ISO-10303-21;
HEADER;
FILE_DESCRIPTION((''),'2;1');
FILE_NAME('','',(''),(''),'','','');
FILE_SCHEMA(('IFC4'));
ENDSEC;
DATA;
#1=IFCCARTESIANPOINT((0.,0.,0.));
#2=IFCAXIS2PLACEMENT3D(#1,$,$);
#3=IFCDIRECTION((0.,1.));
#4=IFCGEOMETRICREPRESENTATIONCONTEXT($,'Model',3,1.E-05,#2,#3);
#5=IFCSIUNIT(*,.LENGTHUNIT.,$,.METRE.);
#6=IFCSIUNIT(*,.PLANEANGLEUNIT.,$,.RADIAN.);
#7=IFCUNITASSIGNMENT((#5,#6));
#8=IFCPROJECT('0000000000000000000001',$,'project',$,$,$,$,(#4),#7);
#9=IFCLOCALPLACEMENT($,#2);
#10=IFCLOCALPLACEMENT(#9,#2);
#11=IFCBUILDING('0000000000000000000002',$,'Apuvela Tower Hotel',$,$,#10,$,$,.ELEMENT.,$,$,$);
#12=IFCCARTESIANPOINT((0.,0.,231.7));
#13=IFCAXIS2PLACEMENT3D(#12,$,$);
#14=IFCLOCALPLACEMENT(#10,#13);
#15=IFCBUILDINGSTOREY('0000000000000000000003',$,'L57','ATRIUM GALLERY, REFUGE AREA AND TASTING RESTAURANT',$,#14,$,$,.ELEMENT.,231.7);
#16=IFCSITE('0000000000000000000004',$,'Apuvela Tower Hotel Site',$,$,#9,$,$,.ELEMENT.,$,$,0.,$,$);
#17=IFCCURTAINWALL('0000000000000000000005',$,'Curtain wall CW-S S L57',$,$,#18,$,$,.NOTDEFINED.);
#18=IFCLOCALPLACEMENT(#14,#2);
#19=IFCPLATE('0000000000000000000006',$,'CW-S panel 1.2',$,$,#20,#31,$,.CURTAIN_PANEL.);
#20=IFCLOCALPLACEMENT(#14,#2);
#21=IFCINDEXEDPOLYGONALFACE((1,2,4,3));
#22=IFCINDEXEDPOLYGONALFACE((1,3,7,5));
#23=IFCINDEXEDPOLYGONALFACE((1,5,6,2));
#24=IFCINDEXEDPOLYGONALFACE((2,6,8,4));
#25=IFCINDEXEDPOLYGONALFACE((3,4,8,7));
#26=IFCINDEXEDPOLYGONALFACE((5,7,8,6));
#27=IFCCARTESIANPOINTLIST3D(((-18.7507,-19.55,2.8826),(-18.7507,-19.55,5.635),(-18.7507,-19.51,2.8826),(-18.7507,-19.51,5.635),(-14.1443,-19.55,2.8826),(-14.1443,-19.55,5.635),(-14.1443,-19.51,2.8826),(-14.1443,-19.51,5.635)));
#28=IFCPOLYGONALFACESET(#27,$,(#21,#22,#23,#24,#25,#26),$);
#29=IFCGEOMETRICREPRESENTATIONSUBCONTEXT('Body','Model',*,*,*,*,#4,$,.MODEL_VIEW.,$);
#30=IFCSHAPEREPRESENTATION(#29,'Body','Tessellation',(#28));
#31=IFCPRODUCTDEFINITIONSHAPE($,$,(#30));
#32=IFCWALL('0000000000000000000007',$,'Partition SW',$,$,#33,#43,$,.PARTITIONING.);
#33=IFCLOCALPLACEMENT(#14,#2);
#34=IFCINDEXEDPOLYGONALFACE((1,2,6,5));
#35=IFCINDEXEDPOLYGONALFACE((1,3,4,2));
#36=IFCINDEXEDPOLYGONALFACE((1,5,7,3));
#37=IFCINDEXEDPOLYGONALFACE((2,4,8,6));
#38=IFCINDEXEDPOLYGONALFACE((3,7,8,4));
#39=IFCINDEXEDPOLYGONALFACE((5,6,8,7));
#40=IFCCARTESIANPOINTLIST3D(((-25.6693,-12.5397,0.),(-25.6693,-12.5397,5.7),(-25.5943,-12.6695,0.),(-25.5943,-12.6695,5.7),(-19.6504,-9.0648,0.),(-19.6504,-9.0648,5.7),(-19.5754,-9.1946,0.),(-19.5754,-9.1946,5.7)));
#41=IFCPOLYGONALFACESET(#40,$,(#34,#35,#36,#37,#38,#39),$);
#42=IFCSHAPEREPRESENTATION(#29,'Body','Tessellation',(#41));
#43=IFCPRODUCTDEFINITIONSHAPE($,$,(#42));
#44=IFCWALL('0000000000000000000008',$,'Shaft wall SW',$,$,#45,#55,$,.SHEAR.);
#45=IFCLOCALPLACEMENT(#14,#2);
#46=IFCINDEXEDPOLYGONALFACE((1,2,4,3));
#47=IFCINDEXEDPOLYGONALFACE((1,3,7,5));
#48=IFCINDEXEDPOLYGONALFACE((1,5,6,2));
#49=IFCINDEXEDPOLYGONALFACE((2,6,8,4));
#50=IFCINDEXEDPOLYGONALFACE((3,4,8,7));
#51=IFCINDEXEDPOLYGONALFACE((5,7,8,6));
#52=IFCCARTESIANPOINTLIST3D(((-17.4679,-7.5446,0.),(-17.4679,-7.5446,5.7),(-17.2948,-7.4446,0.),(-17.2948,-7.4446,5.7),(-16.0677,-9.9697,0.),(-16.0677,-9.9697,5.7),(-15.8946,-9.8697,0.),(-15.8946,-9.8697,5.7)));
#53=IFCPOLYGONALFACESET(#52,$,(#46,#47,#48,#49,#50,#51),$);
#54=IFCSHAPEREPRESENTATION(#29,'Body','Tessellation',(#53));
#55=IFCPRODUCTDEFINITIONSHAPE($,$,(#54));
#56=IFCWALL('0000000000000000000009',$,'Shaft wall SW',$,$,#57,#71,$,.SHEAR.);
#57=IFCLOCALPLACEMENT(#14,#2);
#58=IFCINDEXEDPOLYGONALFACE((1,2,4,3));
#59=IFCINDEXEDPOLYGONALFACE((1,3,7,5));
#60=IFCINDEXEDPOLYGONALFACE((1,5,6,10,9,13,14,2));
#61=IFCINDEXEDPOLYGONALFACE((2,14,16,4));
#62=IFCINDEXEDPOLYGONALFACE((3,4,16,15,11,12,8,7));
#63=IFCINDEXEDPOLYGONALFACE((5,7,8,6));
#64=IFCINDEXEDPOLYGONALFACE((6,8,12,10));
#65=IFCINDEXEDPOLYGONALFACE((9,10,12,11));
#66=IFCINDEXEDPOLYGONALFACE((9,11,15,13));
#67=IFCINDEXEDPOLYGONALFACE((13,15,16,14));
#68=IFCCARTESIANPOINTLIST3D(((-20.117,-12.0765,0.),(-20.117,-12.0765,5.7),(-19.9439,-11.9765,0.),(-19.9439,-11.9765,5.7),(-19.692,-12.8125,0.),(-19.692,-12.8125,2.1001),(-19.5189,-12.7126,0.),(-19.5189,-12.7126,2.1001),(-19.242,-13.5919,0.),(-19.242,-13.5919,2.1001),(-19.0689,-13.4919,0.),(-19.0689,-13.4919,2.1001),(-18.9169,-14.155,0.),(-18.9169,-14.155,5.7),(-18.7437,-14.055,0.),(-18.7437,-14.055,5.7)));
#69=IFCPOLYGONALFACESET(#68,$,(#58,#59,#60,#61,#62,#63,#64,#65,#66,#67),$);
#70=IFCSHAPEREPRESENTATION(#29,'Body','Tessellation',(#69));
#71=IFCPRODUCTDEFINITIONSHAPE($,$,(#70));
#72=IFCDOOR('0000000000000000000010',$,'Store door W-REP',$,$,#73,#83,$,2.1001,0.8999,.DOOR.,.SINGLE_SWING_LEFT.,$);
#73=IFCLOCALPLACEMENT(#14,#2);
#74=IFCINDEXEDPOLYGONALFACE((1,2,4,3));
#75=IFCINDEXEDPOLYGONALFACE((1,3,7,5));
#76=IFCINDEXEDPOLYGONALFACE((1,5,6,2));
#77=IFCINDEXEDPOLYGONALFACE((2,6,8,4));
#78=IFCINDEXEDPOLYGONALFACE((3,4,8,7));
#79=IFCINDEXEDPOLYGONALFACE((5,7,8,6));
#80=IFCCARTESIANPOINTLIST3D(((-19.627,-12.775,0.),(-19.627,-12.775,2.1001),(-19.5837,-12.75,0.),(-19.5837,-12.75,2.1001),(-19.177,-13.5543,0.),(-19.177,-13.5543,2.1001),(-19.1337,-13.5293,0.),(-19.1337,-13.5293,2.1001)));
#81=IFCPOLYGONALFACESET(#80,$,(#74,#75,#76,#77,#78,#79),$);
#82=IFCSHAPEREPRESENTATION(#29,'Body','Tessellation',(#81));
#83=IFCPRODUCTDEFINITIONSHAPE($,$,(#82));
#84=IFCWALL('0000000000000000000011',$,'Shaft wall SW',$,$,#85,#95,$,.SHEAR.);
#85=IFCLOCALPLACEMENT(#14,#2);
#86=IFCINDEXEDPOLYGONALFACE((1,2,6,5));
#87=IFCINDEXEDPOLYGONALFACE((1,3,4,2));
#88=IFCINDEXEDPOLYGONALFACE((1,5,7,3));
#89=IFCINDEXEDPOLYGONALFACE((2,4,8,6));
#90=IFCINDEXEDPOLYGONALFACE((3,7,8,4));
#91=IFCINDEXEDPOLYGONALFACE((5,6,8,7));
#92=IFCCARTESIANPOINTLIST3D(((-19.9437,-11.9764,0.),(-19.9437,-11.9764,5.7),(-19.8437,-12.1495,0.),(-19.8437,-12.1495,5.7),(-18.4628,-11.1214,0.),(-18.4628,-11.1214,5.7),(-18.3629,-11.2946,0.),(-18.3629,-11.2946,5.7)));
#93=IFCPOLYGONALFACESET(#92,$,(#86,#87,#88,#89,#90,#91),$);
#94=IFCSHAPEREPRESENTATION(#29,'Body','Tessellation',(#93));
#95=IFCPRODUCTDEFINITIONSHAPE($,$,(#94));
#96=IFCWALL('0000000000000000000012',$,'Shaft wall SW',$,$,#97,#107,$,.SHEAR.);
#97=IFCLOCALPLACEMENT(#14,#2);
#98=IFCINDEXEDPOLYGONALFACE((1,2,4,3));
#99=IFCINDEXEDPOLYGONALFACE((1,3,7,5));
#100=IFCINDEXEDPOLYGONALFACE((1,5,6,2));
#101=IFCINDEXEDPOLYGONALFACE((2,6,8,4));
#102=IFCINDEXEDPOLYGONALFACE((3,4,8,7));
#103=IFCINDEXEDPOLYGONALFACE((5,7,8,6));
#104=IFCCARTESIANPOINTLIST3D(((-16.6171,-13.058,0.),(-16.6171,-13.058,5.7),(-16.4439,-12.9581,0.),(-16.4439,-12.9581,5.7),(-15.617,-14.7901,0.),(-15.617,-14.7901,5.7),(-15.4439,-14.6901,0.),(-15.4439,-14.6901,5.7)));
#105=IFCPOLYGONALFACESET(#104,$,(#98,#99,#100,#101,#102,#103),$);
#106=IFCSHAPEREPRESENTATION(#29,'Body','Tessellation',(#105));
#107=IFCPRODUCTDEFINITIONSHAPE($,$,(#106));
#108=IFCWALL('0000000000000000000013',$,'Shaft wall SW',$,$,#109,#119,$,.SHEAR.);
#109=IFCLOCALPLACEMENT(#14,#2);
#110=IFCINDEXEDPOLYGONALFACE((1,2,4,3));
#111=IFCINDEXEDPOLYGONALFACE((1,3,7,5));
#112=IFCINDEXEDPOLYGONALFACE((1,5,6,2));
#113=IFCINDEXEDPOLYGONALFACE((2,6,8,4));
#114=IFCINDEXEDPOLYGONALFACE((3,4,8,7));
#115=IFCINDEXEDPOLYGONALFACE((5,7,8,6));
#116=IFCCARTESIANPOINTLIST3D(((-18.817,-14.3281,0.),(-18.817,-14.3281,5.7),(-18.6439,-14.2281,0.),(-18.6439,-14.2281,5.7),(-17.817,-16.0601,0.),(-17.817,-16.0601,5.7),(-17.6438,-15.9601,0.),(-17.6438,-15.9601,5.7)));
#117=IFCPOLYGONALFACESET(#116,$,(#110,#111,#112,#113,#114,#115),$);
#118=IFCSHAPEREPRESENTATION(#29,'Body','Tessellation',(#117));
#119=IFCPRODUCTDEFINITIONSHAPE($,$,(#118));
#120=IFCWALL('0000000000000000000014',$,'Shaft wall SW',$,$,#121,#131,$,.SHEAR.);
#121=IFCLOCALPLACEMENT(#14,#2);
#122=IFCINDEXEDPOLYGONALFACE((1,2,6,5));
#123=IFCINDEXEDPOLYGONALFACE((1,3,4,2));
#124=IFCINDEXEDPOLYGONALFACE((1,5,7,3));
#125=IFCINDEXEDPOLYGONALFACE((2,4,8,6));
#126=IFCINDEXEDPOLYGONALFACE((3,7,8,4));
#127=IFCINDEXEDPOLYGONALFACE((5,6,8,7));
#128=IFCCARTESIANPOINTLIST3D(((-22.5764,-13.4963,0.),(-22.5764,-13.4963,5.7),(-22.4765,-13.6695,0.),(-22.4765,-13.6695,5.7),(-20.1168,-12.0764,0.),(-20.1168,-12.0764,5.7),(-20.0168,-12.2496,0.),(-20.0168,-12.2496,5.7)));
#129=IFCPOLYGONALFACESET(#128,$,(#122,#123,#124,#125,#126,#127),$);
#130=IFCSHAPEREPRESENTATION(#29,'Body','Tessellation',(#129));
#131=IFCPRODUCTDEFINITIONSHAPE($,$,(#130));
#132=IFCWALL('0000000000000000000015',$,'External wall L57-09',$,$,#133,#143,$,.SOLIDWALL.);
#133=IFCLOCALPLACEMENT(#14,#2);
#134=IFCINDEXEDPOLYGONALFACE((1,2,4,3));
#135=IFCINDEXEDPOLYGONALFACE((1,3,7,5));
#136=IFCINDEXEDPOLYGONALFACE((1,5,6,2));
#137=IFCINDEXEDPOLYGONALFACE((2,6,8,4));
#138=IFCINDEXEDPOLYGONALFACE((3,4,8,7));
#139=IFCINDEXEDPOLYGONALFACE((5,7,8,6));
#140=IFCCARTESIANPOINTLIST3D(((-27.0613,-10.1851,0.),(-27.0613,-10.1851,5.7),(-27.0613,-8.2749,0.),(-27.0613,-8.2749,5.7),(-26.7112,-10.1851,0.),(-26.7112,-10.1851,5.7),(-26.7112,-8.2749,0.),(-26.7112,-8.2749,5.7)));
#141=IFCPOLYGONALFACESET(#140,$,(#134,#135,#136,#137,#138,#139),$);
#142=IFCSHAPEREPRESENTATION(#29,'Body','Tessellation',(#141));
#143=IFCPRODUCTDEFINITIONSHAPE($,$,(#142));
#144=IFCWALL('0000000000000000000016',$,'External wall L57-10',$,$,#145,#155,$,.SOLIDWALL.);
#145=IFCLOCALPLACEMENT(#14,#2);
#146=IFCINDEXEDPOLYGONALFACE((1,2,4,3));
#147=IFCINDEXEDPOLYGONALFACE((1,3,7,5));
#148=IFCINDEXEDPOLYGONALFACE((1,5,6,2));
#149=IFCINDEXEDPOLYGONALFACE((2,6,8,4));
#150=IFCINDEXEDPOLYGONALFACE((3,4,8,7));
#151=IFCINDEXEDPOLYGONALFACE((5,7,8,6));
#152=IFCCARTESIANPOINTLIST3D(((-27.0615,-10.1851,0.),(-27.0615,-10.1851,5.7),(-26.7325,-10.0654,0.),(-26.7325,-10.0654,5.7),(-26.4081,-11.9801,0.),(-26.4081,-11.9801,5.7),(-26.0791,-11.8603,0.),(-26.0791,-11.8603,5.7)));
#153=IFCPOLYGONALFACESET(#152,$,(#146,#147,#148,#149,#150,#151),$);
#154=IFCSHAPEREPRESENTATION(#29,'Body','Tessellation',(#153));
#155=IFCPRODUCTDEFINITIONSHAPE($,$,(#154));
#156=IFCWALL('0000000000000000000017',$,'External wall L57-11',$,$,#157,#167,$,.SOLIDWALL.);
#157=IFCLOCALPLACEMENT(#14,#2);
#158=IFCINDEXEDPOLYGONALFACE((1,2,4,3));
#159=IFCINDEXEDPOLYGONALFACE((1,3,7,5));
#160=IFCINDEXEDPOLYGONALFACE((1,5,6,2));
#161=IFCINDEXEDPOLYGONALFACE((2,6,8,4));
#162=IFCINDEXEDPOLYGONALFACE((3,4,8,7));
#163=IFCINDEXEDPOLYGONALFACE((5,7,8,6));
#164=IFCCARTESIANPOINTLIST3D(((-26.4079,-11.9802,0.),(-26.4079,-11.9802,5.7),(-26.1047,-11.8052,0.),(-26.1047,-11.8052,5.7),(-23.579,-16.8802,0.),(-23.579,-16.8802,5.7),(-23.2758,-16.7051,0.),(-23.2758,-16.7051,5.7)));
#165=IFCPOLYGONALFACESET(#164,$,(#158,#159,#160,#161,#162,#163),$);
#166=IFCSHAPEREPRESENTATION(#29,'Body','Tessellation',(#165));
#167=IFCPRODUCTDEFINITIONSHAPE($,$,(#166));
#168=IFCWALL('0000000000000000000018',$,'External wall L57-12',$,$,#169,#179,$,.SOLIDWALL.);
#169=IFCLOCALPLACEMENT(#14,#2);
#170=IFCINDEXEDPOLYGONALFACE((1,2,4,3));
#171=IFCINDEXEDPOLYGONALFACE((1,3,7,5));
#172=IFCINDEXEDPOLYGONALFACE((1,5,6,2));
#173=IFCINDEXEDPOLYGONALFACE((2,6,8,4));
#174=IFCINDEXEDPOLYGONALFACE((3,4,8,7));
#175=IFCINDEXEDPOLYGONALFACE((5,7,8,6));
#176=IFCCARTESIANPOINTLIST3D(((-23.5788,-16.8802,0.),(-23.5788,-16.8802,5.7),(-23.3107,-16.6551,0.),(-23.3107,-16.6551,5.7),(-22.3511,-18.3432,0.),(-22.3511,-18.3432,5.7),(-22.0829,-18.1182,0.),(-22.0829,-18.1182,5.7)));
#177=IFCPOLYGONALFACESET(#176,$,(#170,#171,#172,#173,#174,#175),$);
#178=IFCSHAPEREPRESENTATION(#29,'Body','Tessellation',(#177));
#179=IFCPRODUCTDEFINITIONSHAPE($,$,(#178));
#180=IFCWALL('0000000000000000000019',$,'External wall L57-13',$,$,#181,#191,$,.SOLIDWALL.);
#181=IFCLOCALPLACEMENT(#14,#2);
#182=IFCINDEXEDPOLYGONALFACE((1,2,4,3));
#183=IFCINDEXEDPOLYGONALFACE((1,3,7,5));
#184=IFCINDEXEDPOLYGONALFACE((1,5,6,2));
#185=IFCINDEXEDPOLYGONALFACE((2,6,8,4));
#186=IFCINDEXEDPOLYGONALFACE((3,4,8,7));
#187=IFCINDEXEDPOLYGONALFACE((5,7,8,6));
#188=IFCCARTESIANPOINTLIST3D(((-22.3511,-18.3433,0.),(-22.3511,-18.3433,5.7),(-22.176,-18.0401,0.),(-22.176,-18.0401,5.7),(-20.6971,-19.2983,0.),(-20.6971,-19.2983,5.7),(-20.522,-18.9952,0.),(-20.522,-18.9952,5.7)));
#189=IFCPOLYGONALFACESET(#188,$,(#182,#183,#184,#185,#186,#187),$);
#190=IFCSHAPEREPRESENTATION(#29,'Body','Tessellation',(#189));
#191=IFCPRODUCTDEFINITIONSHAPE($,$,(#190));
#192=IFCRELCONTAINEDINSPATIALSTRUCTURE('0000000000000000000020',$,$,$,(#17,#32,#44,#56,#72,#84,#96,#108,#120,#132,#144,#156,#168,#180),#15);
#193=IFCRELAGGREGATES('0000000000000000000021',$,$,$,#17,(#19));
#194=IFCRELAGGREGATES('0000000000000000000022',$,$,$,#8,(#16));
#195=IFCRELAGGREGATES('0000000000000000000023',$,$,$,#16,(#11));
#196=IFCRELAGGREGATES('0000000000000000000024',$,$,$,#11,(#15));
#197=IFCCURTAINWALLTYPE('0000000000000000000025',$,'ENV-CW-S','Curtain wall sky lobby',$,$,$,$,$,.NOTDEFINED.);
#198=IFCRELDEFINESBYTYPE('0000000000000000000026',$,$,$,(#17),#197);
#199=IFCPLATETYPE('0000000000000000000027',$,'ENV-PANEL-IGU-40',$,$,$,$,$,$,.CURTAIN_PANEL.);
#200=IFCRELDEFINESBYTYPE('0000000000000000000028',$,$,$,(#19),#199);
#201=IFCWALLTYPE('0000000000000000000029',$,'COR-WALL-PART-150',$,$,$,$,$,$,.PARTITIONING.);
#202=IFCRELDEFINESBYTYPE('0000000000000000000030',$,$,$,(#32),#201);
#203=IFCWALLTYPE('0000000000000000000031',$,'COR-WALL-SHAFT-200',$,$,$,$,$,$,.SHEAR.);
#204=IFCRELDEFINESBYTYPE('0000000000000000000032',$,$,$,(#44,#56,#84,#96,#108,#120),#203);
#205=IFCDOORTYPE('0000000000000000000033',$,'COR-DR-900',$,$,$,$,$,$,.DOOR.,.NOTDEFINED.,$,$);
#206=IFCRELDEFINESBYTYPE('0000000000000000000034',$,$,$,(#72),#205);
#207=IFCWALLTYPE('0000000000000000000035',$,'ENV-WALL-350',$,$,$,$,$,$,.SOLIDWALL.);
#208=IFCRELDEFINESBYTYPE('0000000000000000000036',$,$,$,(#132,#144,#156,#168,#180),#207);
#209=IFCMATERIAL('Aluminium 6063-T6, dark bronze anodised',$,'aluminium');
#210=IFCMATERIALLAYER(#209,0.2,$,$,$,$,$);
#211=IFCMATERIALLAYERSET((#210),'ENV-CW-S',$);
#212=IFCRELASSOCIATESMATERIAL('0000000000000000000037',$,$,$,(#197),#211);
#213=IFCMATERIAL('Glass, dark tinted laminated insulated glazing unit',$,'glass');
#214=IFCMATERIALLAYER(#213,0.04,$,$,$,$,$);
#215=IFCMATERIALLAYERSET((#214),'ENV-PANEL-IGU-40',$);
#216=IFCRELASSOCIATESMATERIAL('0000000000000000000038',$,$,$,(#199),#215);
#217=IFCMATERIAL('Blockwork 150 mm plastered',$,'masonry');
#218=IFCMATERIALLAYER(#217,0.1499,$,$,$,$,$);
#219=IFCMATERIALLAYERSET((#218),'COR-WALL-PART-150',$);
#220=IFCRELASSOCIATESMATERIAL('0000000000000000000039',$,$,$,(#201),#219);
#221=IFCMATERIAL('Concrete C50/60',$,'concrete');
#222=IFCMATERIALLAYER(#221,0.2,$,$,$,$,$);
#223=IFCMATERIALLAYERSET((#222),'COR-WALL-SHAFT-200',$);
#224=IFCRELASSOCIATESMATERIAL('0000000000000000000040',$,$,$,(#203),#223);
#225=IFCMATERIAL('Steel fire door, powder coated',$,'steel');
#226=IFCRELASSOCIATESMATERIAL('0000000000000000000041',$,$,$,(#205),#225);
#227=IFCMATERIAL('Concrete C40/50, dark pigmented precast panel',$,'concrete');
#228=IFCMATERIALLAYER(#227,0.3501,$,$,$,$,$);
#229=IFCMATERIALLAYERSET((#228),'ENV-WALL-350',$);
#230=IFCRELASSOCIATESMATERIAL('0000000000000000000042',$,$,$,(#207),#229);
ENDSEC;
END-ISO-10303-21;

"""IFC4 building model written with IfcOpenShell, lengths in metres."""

from ifc_helpers import new_model, si_unit, direction, frame, frame_2d, origin, origin_2d, place, context, subcontext, project, spatial, rectangle, extrude, material, layer, layer_set, type_object, element, fill, aggregate, save


model = new_model("IFC4")

# Units and contexts
model_context = context("Model", 3, precision=1e-05, world=origin(), true_north=direction((0.0, 1.0)))
body_context = subcontext(model_context, "Body", "Model", "MODEL_VIEW")
ifc_project = project(units=[si_unit("LENGTHUNIT", "METRE"), si_unit("PLANEANGLEUNIT", "RADIAN")], contexts=[model_context])

# Site, building, storey
site_placement = place(None, origin())
site = spatial("IfcSite", under=ifc_project, at=site_placement, Name="Apuvela Tower Hotel Site", CompositionType="ELEMENT", RefElevation=0.0)
building_placement = place(site_placement, origin())
building = spatial("IfcBuilding", under=site, at=building_placement, Name="Apuvela Tower Hotel", CompositionType="ELEMENT")
storey_placement = place(building_placement, frame((0.0, 0.0, 231.7)))
storey = spatial("IfcBuildingStorey", under=building, at=storey_placement, Name="L57", Description="ATRIUM GALLERY, REFUGE AREA AND TASTING RESTAURANT", CompositionType="ELEMENT", Elevation=231.7)

# Curtain wall
ifc_material_1 = material(Name="Aluminium 6063-T6, dark bronze anodised", Category="aluminium")
ifc_layer_1 = layer(ifc_material_1, 0.2)
ifc_layer_set_1 = layer_set([ifc_layer_1], Name="ENV-CW-S")
curtain_wall_type = type_object("IfcCurtainWallType", Name="ENV-CW-S", Description="Curtain wall sky lobby", PredefinedType="NOTDEFINED", material=ifc_layer_set_1)
curtain_wall_placement = place(storey_placement, origin())
curtain_wall = element("IfcCurtainWall", 1, at=curtain_wall_placement, inside=storey, type_object=curtain_wall_type, Name="Curtain wall CW-S S L57", PredefinedType="NOTDEFINED")

# Plate
ifc_material_2 = material(Name="Glass, dark tinted laminated insulated glazing unit", Category="glass")
ifc_layer_2 = layer(ifc_material_2, 0.04)
ifc_layer_set_2 = layer_set([ifc_layer_2], Name="ENV-PANEL-IGU-40")
plate_type = type_object("IfcPlateType", Name="ENV-PANEL-IGU-40", PredefinedType="CURTAIN_PANEL", material=ifc_layer_set_2)
plate_1_placement = place(storey_placement, frame((-16.4475, -19.53, 2.8826), z_axis=(0.0, 0.0, 1.0), x_axis=(1.0, 0.0, 0.0)))
plate_1 = element("IfcPlate", 2, at=plate_1_placement, type_object=plate_type, Name="CW-S panel 1.2", PredefinedType="CURTAIN_PANEL", context=body_context, shape_type="SweptSolid", body=[
    extrude(rectangle(XDim=4.6064, YDim=0.04, at=origin_2d()), origin(), (0.0, 0.0, 1.0), 2.7524),
])
aggregate(curtain_wall, [plate_1])

# Walls
ifc_material_3 = material(Name="Blockwork 150 mm plastered", Category="masonry")
ifc_layer_3 = layer(ifc_material_3, 0.1499)
ifc_layer_set_3 = layer_set([ifc_layer_3], Name="COR-WALL-PART-150")
wall_type_1 = type_object("IfcWallType", Name="COR-WALL-PART-150", PredefinedType="PARTITIONING", material=ifc_layer_set_3)
wall_1_placement = place(storey_placement, frame((-19.6128, -9.1296, 0.0), z_axis=(0.0, 0.0, 1.0), x_axis=(-0.866032, -0.499989, 0.0)))
element("IfcWall", 3, at=wall_1_placement, inside=storey, type_object=wall_type_1, Name="Partition SW", PredefinedType="PARTITIONING", context=body_context, shape_type="SweptSolid", body=[
    extrude(rectangle(XDim=6.95, YDim=0.1499, at=frame_2d((3.4751, 0.0))), origin(), (0.0, 0.0, 1.0), 5.7),
])
ifc_material_4 = material(Name="Concrete C50/60", Category="concrete")
ifc_layer_4 = layer(ifc_material_4, 0.2)
ifc_layer_set_4 = layer_set([ifc_layer_4], Name="COR-WALL-SHAFT-200")
wall_type_2 = type_object("IfcWallType", Name="COR-WALL-SHAFT-200", PredefinedType="SHEAR", material=ifc_layer_set_4)
wall_2_placement = place(storey_placement, frame((-17.3813, -7.4946, 0.0), z_axis=(0.0, 0.0, 1.0), x_axis=(0.500012, -0.866019, 0.0)))
element("IfcWall", 4, at=wall_2_placement, inside=storey, type_object=wall_type_2, Name="Shaft wall SW", PredefinedType="SHEAR", context=body_context, shape_type="SweptSolid", body=[
    extrude(rectangle(XDim=2.8003, YDim=0.2, at=frame_2d((1.4001, 0.0))), origin(), (0.0, 0.0, 1.0), 5.7),
])

# Wall, opening, door
wall_3_placement = place(storey_placement, frame((-20.0305, -12.0264, 0.0), z_axis=(0.0, 0.0, 1.0), x_axis=(0.500034, -0.866006, 0.0)))
wall_3 = element("IfcWall", 5, at=wall_3_placement, inside=storey, type_object=wall_type_2, Name="Shaft wall SW", PredefinedType="SHEAR", context=body_context, shape_type="SweptSolid", body=[
    extrude(rectangle(XDim=2.4001, YDim=0.2, at=frame_2d((1.2002, 0.0))), origin(), (0.0, 0.0, 1.0), 5.7),
])
opening_placement = place(wall_3_placement, frame((0.8501, 0.0, 0.0)))
opening = element("IfcOpeningElement", 6, at=opening_placement, cuts=wall_3, PredefinedType="OPENING", context=body_context, shape_type="SweptSolid", body=[
    extrude(rectangle(XDim=0.8999, YDim=2.1001, at=frame_2d((0.45, 1.05))), frame((0.0, 0.1099, 0.0), z_axis=(0.0, -1.0, 0.0), x_axis=(1.0, 0.0, 0.0)), (0.0, 0.0, 1.0), 0.22),
])
ifc_material_5 = material(Name="Steel fire door, powder coated", Category="steel")
door_type = type_object("IfcDoorType", Name="COR-DR-900", OperationType="NOTDEFINED", PredefinedType="DOOR", material=ifc_material_5)
door_placement = place(opening_placement, frame((0.8999, 0.0, 0.0), z_axis=(0.0, 0.0, 1.0), x_axis=(-1.0, 0.0, 0.0)))
door = element("IfcDoor", 7, at=door_placement, inside=storey, type_object=door_type, Name="Store door W-REP", OperationType="SINGLE_SWING_LEFT", OverallHeight=2.1001, OverallWidth=0.8999, PredefinedType="DOOR", context=body_context, shape_type="SweptSolid", body=[
    extrude(rectangle(XDim=0.8999, YDim=2.1001, at=frame_2d((0.45, 1.05))), frame((0.0, 0.0249, 0.0), z_axis=(0.0, -1.0, 0.0), x_axis=(1.0, 0.0, 0.0)), (0.0, 0.0, 1.0), 0.05),
])
fill(opening, door)

# Walls
wall_4_placement = place(storey_placement, frame((-18.4128, -11.208, 0.0), z_axis=(0.0, 0.0, 1.0), x_axis=(-0.866038, -0.499978, 0.0)))
element("IfcWall", 8, at=wall_4_placement, inside=storey, type_object=wall_type_2, Name="Shaft wall SW", PredefinedType="SHEAR", context=body_context, shape_type="SweptSolid", body=[
    extrude(rectangle(XDim=1.71, YDim=0.2, at=frame_2d((0.855, 0.0))), origin(), (0.0, 0.0, 1.0), 5.7),
])
for number, where, z_axis, x_axis, name in (
    (9, (-16.5305, -13.0081, 0.0), (0.0, 0.0, 1.0), (0.500025, -0.866011, 0.0), "Shaft wall SW"),
    (10, (-18.7305, -14.2781, 0.0), (0.0, 0.0, 1.0), (0.500025, -0.866011, 0.0), "Shaft wall SW"),
):
    element("IfcWall", number, at=place(storey_placement, frame(where, z_axis=z_axis, x_axis=x_axis)), inside=storey, type_object=wall_type_2, Name=name, PredefinedType="SHEAR", context=body_context, shape_type="SweptSolid", body=[
        extrude(rectangle(XDim=2.0, YDim=0.2, at=frame_2d((1.0, 0.0))), origin(), (0.0, 0.0, 1.0), 5.7),
    ])
wall_5_placement = place(storey_placement, frame((-20.0669, -12.1631, 0.0), z_axis=(0.0, 0.0, 1.0), x_axis=(-0.866055, -0.499948, 0.0)))
element("IfcWall", 11, at=wall_5_placement, inside=storey, type_object=wall_type_2, Name="Shaft wall SW", PredefinedType="SHEAR", context=body_context, shape_type="SweptSolid", body=[
    extrude(rectangle(XDim=2.8401, YDim=0.2, at=frame_2d((1.4199, 0.0))), origin(), (0.0, 0.0, 1.0), 5.7),
])
ifc_material_6 = material(Name="Concrete C40/50, dark pigmented precast panel", Category="concrete")
ifc_layer_5 = layer(ifc_material_6, 0.3501)
ifc_layer_set_5 = layer_set([ifc_layer_5], Name="ENV-WALL-350")
wall_type_3 = type_object("IfcWallType", Name="ENV-WALL-350", PredefinedType="SOLIDWALL", material=ifc_layer_set_5)
for number, where, z_axis, x_axis, name in (
    (12, (-26.8862, -8.2749, 0.0), (0.0, 0.0, 1.0), (0.0, -1.0, 0.0), "External wall L57-09"),
    (13, (-26.897, -10.1252, 0.0), (0.0, 0.0, 1.0), (0.34203, -0.939689, 0.0), "External wall L57-10"),
):
    element("IfcWall", number, at=place(storey_placement, frame(where, z_axis=z_axis, x_axis=x_axis)), inside=storey, type_object=wall_type_3, Name=name, PredefinedType="SOLIDWALL", context=body_context, shape_type="SweptSolid", body=[
        extrude(rectangle(XDim=1.9102, YDim=0.3501, at=frame_2d((0.9551, 0.0))), origin(), (0.0, 0.0, 1.0), 5.7),
    ])
wall_6_placement = place(storey_placement, frame((-26.2563, -11.8926, 0.0), z_axis=(0.0, 0.0, 1.0), x_axis=(0.499986, -0.866033, 0.0)))
element("IfcWall", 14, at=wall_6_placement, inside=storey, type_object=wall_type_3, Name="External wall L57-11", PredefinedType="SOLIDWALL", context=body_context, shape_type="SweptSolid", body=[
    extrude(rectangle(XDim=5.658, YDim=0.3501, at=frame_2d((2.8291, 0.0))), origin(), (0.0, 0.0, 1.0), 5.7),
])
for number, where, z_axis, x_axis, name in (
    (15, (-23.4448, -16.7676, 0.0), (0.0, 0.0, 1.0), (0.642808, -0.766027, 0.0), "External wall L57-12"),
    (16, (-22.2637, -18.1917, 0.0), (0.0, 0.0, 1.0), (0.866, -0.500043, 0.0), "External wall L57-13"),
):
    element("IfcWall", number, at=place(storey_placement, frame(where, z_axis=z_axis, x_axis=x_axis)), inside=storey, type_object=wall_type_3, Name=name, PredefinedType="SOLIDWALL", context=body_context, shape_type="SweptSolid", body=[
        extrude(rectangle(XDim=1.9099, YDim=0.3501, at=frame_2d((0.9551, 0.0))), origin(), (0.0, 0.0, 1.0), 5.7),
    ])

save(model, "model.ifc")
